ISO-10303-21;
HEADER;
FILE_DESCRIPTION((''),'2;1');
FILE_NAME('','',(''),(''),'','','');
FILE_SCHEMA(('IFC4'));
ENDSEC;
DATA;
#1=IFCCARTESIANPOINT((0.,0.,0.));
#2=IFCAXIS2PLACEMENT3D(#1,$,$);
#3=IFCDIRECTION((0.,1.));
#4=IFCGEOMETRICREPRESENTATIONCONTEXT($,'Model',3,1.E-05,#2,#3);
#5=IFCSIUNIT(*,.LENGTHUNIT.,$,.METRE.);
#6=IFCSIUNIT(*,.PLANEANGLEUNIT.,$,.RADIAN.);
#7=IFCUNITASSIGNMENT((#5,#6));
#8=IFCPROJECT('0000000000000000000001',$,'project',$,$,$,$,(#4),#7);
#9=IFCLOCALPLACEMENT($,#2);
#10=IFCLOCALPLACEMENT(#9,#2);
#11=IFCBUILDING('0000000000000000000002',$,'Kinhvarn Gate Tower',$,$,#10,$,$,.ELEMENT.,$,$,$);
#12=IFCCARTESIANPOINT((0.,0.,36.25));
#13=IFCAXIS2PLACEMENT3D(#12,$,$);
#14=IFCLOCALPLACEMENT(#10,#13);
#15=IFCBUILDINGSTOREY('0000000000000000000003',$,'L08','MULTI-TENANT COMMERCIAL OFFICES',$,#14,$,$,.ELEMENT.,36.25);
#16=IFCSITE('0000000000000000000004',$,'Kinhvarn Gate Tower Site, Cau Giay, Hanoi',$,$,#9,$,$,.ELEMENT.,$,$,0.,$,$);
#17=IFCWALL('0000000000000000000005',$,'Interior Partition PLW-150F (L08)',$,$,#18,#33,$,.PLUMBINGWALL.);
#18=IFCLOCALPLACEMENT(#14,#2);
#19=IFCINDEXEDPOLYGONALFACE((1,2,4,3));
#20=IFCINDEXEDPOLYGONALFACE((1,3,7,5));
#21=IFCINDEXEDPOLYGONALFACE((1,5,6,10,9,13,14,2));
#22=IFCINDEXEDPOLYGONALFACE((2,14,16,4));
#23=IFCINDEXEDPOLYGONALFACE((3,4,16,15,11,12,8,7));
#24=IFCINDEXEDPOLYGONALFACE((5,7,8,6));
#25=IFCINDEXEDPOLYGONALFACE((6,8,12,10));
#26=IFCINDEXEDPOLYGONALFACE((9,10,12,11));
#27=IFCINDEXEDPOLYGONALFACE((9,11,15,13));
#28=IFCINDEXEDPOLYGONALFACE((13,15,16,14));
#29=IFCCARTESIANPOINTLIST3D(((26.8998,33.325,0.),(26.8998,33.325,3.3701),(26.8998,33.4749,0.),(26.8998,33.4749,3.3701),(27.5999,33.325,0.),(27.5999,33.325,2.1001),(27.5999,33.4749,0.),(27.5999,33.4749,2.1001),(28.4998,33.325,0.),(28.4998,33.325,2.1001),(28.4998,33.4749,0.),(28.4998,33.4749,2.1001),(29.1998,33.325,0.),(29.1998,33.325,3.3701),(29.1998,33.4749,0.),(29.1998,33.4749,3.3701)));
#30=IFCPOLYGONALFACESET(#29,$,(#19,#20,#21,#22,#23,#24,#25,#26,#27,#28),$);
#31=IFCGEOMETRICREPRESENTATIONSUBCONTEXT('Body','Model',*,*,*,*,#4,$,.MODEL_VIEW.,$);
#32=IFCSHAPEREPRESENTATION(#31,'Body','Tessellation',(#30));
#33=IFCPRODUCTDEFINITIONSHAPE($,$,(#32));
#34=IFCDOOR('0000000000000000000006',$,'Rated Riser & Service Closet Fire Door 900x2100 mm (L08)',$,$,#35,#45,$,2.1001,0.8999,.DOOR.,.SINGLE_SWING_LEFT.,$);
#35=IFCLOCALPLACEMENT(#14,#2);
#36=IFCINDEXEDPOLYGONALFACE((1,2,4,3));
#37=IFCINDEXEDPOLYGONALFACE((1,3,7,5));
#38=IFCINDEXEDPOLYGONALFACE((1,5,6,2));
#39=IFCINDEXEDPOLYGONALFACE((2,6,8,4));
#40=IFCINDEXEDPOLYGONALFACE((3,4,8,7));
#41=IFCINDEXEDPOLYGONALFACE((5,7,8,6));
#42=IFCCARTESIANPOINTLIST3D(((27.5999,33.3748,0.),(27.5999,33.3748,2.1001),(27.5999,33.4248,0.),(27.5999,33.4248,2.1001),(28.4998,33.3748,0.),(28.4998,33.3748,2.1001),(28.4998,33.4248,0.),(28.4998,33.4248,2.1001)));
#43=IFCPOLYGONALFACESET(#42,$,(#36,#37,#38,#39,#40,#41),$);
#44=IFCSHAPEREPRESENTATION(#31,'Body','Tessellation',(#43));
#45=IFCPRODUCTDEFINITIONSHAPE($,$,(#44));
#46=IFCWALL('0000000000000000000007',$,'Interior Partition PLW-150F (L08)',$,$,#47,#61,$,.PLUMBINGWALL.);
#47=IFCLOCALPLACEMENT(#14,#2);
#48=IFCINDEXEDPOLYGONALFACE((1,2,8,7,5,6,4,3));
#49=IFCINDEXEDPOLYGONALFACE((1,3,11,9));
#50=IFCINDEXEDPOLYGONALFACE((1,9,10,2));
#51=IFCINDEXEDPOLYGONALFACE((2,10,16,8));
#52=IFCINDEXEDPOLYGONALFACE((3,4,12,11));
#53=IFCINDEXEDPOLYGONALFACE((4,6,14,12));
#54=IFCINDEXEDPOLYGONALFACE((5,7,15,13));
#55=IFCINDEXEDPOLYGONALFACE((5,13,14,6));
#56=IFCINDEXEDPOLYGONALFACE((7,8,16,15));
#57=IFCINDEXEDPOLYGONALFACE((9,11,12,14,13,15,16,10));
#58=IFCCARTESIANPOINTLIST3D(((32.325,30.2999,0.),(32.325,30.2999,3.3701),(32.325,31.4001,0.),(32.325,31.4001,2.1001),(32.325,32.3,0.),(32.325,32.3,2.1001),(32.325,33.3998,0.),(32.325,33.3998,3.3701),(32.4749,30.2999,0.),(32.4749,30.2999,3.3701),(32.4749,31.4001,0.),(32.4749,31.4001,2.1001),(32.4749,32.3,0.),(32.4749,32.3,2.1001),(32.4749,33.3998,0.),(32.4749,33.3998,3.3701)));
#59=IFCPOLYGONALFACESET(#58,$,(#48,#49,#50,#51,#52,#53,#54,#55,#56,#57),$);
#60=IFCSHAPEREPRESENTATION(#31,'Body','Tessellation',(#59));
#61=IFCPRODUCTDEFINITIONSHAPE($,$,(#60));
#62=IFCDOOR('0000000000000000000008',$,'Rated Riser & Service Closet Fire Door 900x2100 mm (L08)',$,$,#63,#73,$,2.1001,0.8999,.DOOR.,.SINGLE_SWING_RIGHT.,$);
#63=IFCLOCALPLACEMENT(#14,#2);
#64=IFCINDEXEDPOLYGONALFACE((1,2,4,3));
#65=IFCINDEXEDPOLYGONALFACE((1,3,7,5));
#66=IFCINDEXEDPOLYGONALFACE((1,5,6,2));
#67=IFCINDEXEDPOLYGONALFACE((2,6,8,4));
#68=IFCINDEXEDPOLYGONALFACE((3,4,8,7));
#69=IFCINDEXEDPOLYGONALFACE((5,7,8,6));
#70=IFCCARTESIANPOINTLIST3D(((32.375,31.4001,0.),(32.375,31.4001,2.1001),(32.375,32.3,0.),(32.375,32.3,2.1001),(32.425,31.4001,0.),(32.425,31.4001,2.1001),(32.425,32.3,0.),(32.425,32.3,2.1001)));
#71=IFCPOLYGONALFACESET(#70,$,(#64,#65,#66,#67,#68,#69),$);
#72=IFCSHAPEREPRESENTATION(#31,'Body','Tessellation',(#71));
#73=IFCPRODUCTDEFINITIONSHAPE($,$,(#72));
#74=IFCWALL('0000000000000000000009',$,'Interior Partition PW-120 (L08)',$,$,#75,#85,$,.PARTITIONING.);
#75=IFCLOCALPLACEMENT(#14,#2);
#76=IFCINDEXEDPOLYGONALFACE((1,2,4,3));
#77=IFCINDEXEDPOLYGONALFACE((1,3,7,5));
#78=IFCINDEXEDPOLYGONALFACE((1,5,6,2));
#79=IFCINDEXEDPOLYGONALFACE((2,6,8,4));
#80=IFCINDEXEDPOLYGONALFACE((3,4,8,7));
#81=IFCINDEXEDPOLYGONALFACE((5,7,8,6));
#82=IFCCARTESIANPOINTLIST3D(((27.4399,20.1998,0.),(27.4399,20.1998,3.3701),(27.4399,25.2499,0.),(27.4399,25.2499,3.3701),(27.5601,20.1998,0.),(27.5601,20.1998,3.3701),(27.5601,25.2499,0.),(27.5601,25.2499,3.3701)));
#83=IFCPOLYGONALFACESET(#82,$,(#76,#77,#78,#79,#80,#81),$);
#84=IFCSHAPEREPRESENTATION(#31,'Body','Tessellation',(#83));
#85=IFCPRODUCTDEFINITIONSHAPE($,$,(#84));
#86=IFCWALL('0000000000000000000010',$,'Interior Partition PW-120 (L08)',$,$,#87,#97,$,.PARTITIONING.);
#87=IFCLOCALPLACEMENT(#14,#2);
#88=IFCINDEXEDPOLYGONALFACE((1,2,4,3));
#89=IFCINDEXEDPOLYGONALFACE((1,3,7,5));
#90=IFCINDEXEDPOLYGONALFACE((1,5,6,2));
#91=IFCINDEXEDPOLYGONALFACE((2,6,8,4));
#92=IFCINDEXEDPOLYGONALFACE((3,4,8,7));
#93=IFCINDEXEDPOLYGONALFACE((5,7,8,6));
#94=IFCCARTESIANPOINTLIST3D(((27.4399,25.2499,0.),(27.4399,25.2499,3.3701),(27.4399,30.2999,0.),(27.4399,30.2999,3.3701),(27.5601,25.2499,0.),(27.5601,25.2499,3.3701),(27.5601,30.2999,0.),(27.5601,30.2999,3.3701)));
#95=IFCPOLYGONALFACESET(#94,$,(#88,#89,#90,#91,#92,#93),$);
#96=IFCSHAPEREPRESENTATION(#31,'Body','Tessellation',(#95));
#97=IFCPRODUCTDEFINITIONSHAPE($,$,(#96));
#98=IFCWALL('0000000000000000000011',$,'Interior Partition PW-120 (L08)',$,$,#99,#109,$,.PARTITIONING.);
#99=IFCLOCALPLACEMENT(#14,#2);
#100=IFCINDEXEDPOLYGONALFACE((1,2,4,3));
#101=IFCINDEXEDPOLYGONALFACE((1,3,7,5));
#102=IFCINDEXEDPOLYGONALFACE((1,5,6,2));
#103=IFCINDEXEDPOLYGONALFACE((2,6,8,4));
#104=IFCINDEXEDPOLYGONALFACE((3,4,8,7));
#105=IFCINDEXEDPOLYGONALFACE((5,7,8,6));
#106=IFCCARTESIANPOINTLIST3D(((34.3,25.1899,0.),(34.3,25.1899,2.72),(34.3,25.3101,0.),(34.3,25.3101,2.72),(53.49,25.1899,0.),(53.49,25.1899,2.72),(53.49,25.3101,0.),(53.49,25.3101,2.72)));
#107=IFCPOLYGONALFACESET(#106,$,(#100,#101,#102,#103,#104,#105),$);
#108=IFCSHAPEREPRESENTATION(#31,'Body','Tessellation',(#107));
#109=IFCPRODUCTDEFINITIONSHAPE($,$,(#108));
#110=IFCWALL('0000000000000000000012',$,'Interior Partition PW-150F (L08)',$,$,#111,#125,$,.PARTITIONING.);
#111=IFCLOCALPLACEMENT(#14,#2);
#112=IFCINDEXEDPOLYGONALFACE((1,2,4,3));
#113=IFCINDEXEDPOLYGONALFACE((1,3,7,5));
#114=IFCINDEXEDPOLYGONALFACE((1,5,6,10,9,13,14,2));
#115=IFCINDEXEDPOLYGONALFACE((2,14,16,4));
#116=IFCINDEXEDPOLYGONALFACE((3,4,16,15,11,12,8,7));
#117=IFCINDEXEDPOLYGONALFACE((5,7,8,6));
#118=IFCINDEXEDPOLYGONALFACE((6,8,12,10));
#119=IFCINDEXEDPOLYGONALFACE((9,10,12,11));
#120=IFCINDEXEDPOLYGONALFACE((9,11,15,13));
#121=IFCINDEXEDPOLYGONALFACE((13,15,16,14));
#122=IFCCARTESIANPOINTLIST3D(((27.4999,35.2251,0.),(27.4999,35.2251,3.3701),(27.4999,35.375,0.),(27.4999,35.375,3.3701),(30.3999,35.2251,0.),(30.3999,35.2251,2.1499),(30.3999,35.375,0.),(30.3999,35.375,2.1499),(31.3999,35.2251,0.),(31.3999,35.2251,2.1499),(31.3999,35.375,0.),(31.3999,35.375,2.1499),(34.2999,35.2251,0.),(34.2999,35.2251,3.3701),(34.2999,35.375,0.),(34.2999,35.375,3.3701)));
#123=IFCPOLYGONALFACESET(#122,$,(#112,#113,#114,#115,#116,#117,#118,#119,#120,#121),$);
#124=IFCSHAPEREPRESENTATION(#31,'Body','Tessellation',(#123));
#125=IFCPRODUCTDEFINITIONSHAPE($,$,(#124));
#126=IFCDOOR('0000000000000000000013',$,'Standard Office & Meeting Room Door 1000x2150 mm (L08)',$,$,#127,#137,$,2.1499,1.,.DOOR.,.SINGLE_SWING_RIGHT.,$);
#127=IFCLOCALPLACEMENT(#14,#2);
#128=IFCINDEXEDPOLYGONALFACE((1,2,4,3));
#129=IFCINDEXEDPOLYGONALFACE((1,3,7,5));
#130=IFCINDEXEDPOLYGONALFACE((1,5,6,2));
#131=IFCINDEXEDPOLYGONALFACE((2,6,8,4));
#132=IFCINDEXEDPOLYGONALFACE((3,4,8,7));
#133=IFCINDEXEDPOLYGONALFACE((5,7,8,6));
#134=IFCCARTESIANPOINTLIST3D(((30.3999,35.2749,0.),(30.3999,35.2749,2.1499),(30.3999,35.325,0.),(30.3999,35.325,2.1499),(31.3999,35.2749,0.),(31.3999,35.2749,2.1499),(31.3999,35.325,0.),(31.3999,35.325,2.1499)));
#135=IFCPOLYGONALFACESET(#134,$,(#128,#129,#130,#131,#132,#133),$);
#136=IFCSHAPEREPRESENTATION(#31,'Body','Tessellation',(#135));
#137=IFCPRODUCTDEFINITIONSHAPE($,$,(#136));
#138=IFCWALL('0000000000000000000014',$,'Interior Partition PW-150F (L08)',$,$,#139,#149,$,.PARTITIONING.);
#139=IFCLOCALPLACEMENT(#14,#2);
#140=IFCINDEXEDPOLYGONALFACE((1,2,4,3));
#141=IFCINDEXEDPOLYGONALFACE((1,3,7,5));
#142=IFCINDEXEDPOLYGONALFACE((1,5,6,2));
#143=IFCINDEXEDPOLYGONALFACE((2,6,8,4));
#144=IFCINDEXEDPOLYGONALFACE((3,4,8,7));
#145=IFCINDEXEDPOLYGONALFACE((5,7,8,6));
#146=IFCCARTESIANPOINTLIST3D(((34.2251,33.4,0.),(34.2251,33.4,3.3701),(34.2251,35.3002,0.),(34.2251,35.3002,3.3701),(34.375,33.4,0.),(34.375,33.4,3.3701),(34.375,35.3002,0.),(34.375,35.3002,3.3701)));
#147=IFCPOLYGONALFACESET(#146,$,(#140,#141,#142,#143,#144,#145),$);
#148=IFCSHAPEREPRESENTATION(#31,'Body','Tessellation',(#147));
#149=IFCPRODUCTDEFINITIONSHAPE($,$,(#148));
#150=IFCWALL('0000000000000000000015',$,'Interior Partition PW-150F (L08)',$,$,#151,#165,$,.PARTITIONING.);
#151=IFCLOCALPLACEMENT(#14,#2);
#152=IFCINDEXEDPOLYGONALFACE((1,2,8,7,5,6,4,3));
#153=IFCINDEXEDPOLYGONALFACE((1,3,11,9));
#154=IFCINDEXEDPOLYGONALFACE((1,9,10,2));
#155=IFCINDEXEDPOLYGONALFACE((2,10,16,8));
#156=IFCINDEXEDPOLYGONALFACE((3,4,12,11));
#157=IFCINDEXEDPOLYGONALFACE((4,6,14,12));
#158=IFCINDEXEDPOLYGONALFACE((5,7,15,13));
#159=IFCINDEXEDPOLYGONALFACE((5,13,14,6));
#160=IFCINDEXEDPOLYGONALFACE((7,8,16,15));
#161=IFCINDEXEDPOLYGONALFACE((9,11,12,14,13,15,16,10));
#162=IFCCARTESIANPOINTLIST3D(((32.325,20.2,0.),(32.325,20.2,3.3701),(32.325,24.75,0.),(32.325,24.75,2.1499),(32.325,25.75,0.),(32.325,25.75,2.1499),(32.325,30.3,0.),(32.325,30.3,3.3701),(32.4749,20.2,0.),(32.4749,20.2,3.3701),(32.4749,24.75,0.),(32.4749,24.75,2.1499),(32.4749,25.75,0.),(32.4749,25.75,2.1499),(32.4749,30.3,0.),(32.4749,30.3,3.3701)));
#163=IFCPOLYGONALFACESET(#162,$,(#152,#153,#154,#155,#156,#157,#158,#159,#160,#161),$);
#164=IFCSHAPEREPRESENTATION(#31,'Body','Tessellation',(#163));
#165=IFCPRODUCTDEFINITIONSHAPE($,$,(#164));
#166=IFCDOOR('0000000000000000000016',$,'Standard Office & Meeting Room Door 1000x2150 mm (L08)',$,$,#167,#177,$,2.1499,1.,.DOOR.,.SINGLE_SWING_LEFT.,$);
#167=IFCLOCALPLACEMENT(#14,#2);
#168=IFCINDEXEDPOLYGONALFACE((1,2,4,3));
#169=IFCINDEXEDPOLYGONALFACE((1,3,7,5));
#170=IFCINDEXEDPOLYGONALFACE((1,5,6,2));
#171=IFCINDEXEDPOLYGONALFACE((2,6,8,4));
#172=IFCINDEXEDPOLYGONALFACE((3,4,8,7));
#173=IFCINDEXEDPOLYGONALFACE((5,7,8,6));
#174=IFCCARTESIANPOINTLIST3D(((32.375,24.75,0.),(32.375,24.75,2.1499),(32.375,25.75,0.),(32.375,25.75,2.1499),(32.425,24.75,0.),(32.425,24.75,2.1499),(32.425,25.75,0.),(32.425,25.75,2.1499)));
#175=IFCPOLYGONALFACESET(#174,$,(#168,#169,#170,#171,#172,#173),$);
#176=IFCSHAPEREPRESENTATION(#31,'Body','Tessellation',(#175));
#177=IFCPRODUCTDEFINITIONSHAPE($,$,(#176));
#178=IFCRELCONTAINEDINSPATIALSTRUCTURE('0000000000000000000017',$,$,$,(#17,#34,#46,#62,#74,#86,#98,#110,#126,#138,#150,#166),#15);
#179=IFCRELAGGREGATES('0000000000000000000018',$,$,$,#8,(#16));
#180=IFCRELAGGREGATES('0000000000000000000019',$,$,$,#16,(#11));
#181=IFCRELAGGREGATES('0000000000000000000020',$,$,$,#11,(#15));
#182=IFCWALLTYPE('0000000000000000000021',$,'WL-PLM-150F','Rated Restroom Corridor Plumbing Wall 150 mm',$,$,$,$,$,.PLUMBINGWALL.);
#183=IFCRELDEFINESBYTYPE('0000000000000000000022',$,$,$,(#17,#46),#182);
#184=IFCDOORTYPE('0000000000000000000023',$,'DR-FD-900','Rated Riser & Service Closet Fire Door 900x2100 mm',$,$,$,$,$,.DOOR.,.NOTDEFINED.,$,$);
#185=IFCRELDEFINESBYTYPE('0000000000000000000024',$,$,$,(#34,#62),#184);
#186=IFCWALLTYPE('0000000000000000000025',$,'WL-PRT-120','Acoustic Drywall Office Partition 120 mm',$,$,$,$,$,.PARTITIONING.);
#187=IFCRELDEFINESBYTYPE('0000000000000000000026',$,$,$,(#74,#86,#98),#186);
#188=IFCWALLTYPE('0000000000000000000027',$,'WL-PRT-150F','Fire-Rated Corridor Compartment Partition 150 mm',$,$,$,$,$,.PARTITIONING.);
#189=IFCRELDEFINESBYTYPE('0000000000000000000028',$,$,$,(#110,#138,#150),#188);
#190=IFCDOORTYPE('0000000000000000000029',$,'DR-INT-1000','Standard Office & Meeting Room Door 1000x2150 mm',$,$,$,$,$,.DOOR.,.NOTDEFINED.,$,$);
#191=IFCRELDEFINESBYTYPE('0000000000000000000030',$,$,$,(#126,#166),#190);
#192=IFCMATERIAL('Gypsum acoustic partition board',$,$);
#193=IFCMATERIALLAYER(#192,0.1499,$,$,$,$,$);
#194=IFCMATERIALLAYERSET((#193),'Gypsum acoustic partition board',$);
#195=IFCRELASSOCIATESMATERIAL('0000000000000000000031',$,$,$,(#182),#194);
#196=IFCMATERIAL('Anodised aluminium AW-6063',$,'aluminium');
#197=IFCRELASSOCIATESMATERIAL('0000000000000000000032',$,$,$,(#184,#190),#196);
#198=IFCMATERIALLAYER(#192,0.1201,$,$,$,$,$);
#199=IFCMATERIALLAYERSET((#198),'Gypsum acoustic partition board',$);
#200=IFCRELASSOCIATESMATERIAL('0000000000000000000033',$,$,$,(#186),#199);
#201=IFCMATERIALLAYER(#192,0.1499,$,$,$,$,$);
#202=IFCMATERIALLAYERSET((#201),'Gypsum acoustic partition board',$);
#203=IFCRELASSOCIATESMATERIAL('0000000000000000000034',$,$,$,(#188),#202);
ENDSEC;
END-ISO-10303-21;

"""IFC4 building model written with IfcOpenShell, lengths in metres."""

from ifc_helpers import new_model, si_unit, direction, frame, frame_2d, origin, place, context, subcontext, project, spatial, rectangle, extrude, material, layer, layer_set, type_object, element, fill, save


model = new_model("IFC4")

# Units and contexts
model_context = context("Model", 3, precision=1e-05, world=origin(), true_north=direction((0.0, 1.0)))
body_context = subcontext(model_context, "Body", "Model", "MODEL_VIEW")
ifc_project = project(units=[si_unit("LENGTHUNIT", "METRE"), si_unit("PLANEANGLEUNIT", "RADIAN")], contexts=[model_context])

# Site, building, storey
site_placement = place(None, origin())
site = spatial("IfcSite", under=ifc_project, at=site_placement, Name="Kinhvarn Gate Tower Site, Cau Giay, Hanoi", CompositionType="ELEMENT", RefElevation=0.0)
building_placement = place(site_placement, origin())
building = spatial("IfcBuilding", under=site, at=building_placement, Name="Kinhvarn Gate Tower", CompositionType="ELEMENT")
storey_placement = place(building_placement, frame((0.0, 0.0, 36.25)))
storey = spatial("IfcBuildingStorey", under=building, at=storey_placement, Name="L08", Description="MULTI-TENANT COMMERCIAL OFFICES", CompositionType="ELEMENT", Elevation=36.25)

# Shared definitions
ifc_material_1 = material(Name="Gypsum acoustic partition board")
ifc_layer_1 = layer(ifc_material_1, 0.1499)
ifc_layer_set_1 = layer_set([ifc_layer_1], Name="Gypsum acoustic partition board")
wall_type_1 = type_object("IfcWallType", Name="WL-PLM-150F", Description="Rated Restroom Corridor Plumbing Wall 150 mm", PredefinedType="PLUMBINGWALL", material=ifc_layer_set_1)

# Walls, openings, doors
wall_1_placement = place(storey_placement, frame((26.8999, 33.3999, 0.0), z_axis=(0.0, 0.0, 1.0), x_axis=(1.0, 0.0, 0.0)))
wall_1 = element("IfcWall", 1, at=wall_1_placement, inside=storey, type_object=wall_type_1, Name="Interior Partition PLW-150F (L08)", PredefinedType="PLUMBINGWALL", context=body_context, shape_type="SweptSolid", body=[
    extrude(rectangle(XDim=2.3, YDim=0.1499, at=frame_2d((1.1499, 0.0))), origin(), (0.0, 0.0, 1.0), 3.3701),
])
opening_1_placement = place(wall_1_placement, frame((0.7, 0.0, 0.0)))
opening_1 = element("IfcOpeningElement", 2, at=opening_1_placement, cuts=wall_1, PredefinedType="OPENING", context=body_context, shape_type="SweptSolid", body=[
    extrude(rectangle(XDim=0.8999, YDim=2.1001, at=frame_2d((0.45, 1.05))), frame((0.0, 0.085, 0.0), z_axis=(0.0, -1.0, 0.0), x_axis=(1.0, 0.0, 0.0)), (0.0, 0.0, 1.0), 0.1699),
])
ifc_material_2 = material(Name="Anodised aluminium AW-6063", Category="aluminium")
door_type_1 = type_object("IfcDoorType", Name="DR-FD-900", Description="Rated Riser & Service Closet Fire Door 900x2100 mm", OperationType="NOTDEFINED", PredefinedType="DOOR", material=ifc_material_2)
door_1_placement = place(opening_1_placement, origin())
door_1 = element("IfcDoor", 3, at=door_1_placement, inside=storey, type_object=door_type_1, Name="Rated Riser & Service Closet Fire Door 900x2100 mm (L08)", OperationType="SINGLE_SWING_LEFT", OverallHeight=2.1001, OverallWidth=0.8999, PredefinedType="DOOR", context=body_context, shape_type="SweptSolid", body=[
    extrude(rectangle(XDim=0.8999, YDim=2.1001, at=frame_2d((0.45, 1.05))), frame((0.0, 0.0249, 0.0), z_axis=(0.0, -1.0, 0.0), x_axis=(1.0, 0.0, 0.0)), (0.0, 0.0, 1.0), 0.05),
])
fill(opening_1, door_1)
wall_2_placement = place(storey_placement, frame((32.3999, 30.3, 0.0), z_axis=(0.0, 0.0, 1.0), x_axis=(0.0, 1.0, 0.0)))
wall_2 = element("IfcWall", 4, at=wall_2_placement, inside=storey, type_object=wall_type_1, Name="Interior Partition PLW-150F (L08)", PredefinedType="PLUMBINGWALL", context=body_context, shape_type="SweptSolid", body=[
    extrude(rectangle(XDim=3.0999, YDim=0.1499, at=frame_2d((1.5498, 0.0))), origin(), (0.0, 0.0, 1.0), 3.3701),
])
opening_2_placement = place(wall_2_placement, frame((1.1001, 0.0, 0.0)))
opening_2 = element("IfcOpeningElement", 5, at=opening_2_placement, cuts=wall_2, PredefinedType="OPENING", context=body_context, shape_type="SweptSolid", body=[
    extrude(rectangle(XDim=0.8999, YDim=2.1001, at=frame_2d((0.45, 1.05))), frame((0.0, 0.085, 0.0), z_axis=(0.0, -1.0, 0.0), x_axis=(1.0, 0.0, 0.0)), (0.0, 0.0, 1.0), 0.1699),
])
door_2_placement = place(opening_2_placement, origin())
door_2 = element("IfcDoor", 6, at=door_2_placement, inside=storey, type_object=door_type_1, Name="Rated Riser & Service Closet Fire Door 900x2100 mm (L08)", OperationType="SINGLE_SWING_RIGHT", OverallHeight=2.1001, OverallWidth=0.8999, PredefinedType="DOOR", context=body_context, shape_type="SweptSolid", body=[
    extrude(rectangle(XDim=0.8999, YDim=2.1001, at=frame_2d((0.45, 1.05))), frame((0.0, 0.0249, 0.0), z_axis=(0.0, -1.0, 0.0), x_axis=(1.0, 0.0, 0.0)), (0.0, 0.0, 1.0), 0.05),
])
fill(opening_2, door_2)

# Walls
ifc_layer_2 = layer(ifc_material_1, 0.1201)
ifc_layer_set_2 = layer_set([ifc_layer_2], Name="Gypsum acoustic partition board")
wall_type_2 = type_object("IfcWallType", Name="WL-PRT-120", Description="Acoustic Drywall Office Partition 120 mm", PredefinedType="PARTITIONING", material=ifc_layer_set_2)
for number, where, z_axis, x_axis, name in (
    (7, (27.5, 20.2, 0.0), (0.0, 0.0, 1.0), (0.0, 1.0, 0.0), "Interior Partition PW-120 (L08)"),
    (8, (27.5, 25.25, 0.0), (0.0, 0.0, 1.0), (0.0, 1.0, 0.0), "Interior Partition PW-120 (L08)"),
):
    element("IfcWall", number, at=place(storey_placement, frame(where, z_axis=z_axis, x_axis=x_axis)), inside=storey, type_object=wall_type_2, Name=name, PredefinedType="PARTITIONING", context=body_context, shape_type="SweptSolid", body=[
        extrude(rectangle(XDim=5.05, YDim=0.1201, at=frame_2d((2.5249, 0.0))), origin(), (0.0, 0.0, 1.0), 3.3701),
    ])
wall_3_placement = place(storey_placement, frame((34.3, 25.25, 0.0), z_axis=(0.0, 0.0, 1.0), x_axis=(1.0, 0.0, 0.0)))
element("IfcWall", 9, at=wall_3_placement, inside=storey, type_object=wall_type_2, Name="Interior Partition PW-120 (L08)", PredefinedType="PARTITIONING", context=body_context, shape_type="SweptSolid", body=[
    extrude(rectangle(XDim=19.1899, YDim=0.1201, at=frame_2d((9.595, 0.0))), origin(), (0.0, 0.0, 1.0), 2.72),
])

# Wall, opening, door
ifc_layer_3 = layer(ifc_material_1, 0.1499)
ifc_layer_set_3 = layer_set([ifc_layer_3], Name="Gypsum acoustic partition board")
wall_type_3 = type_object("IfcWallType", Name="WL-PRT-150F", Description="Fire-Rated Corridor Compartment Partition 150 mm", PredefinedType="PARTITIONING", material=ifc_layer_set_3)
wall_4_placement = place(storey_placement, frame((27.5, 35.3, 0.0), z_axis=(0.0, 0.0, 1.0), x_axis=(1.0, 0.0, 0.0)))
wall_4 = element("IfcWall", 10, at=wall_4_placement, inside=storey, type_object=wall_type_3, Name="Interior Partition PW-150F (L08)", PredefinedType="PARTITIONING", context=body_context, shape_type="SweptSolid", body=[
    extrude(rectangle(XDim=6.8, YDim=0.1499, at=frame_2d((3.3999, 0.0))), origin(), (0.0, 0.0, 1.0), 3.3701),
])
opening_3_placement = place(wall_4_placement, frame((2.8999, 0.0, 0.0)))
opening_3 = element("IfcOpeningElement", 11, at=opening_3_placement, cuts=wall_4, PredefinedType="OPENING", context=body_context, shape_type="SweptSolid", body=[
    extrude(rectangle(XDim=1.0, YDim=2.1499, at=frame_2d((0.5, 1.075))), frame((0.0, 0.085, 0.0), z_axis=(0.0, -1.0, 0.0), x_axis=(1.0, 0.0, 0.0)), (0.0, 0.0, 1.0), 0.1699),
])
door_type_2 = type_object("IfcDoorType", Name="DR-INT-1000", Description="Standard Office & Meeting Room Door 1000x2150 mm", OperationType="NOTDEFINED", PredefinedType="DOOR", material=ifc_material_2)
door_3_placement = place(opening_3_placement, origin())
door_3 = element("IfcDoor", 12, at=door_3_placement, inside=storey, type_object=door_type_2, Name="Standard Office & Meeting Room Door 1000x2150 mm (L08)", OperationType="SINGLE_SWING_RIGHT", OverallHeight=2.1499, OverallWidth=1.0, PredefinedType="DOOR", context=body_context, shape_type="SweptSolid", body=[
    extrude(rectangle(XDim=1.0, YDim=2.1499, at=frame_2d((0.5, 1.075))), frame((0.0, 0.0249, 0.0), z_axis=(0.0, -1.0, 0.0), x_axis=(1.0, 0.0, 0.0)), (0.0, 0.0, 1.0), 0.05),
])
fill(opening_3, door_3)

# Wall
wall_5_placement = place(storey_placement, frame((34.3, 33.3999, 0.0), z_axis=(0.0, 0.0, 1.0), x_axis=(0.0, 1.0, 0.0)))
element("IfcWall", 13, at=wall_5_placement, inside=storey, type_object=wall_type_3, Name="Interior Partition PW-150F (L08)", PredefinedType="PARTITIONING", context=body_context, shape_type="SweptSolid", body=[
    extrude(rectangle(XDim=1.9001, YDim=0.1499, at=frame_2d((0.9502, 0.0))), origin(), (0.0, 0.0, 1.0), 3.3701),
])

# Wall, opening, door
wall_6_placement = place(storey_placement, frame((32.3999, 20.2, 0.0), z_axis=(0.0, 0.0, 1.0), x_axis=(0.0, 1.0, 0.0)))
wall_6 = element("IfcWall", 14, at=wall_6_placement, inside=storey, type_object=wall_type_3, Name="Interior Partition PW-150F (L08)", PredefinedType="PARTITIONING", context=body_context, shape_type="SweptSolid", body=[
    extrude(rectangle(XDim=10.1001, YDim=0.1499, at=frame_2d((5.05, 0.0))), origin(), (0.0, 0.0, 1.0), 3.3701),
])
opening_4_placement = place(wall_6_placement, frame((4.55, 0.0, 0.0)))
opening_4 = element("IfcOpeningElement", 15, at=opening_4_placement, cuts=wall_6, PredefinedType="OPENING", context=body_context, shape_type="SweptSolid", body=[
    extrude(rectangle(XDim=1.0, YDim=2.1499, at=frame_2d((0.5, 1.075))), frame((0.0, 0.085, 0.0), z_axis=(0.0, -1.0, 0.0), x_axis=(1.0, 0.0, 0.0)), (0.0, 0.0, 1.0), 0.1699),
])
door_4_placement = place(opening_4_placement, origin())
door_4 = element("IfcDoor", 16, at=door_4_placement, inside=storey, type_object=door_type_2, Name="Standard Office & Meeting Room Door 1000x2150 mm (L08)", OperationType="SINGLE_SWING_LEFT", OverallHeight=2.1499, OverallWidth=1.0, PredefinedType="DOOR", context=body_context, shape_type="SweptSolid", body=[
    extrude(rectangle(XDim=1.0, YDim=2.1499, at=frame_2d((0.5, 1.075))), frame((0.0, 0.0249, 0.0), z_axis=(0.0, -1.0, 0.0), x_axis=(1.0, 0.0, 0.0)), (0.0, 0.0, 1.0), 0.05),
])
fill(opening_4, door_4)

save(model, "model.ifc")
